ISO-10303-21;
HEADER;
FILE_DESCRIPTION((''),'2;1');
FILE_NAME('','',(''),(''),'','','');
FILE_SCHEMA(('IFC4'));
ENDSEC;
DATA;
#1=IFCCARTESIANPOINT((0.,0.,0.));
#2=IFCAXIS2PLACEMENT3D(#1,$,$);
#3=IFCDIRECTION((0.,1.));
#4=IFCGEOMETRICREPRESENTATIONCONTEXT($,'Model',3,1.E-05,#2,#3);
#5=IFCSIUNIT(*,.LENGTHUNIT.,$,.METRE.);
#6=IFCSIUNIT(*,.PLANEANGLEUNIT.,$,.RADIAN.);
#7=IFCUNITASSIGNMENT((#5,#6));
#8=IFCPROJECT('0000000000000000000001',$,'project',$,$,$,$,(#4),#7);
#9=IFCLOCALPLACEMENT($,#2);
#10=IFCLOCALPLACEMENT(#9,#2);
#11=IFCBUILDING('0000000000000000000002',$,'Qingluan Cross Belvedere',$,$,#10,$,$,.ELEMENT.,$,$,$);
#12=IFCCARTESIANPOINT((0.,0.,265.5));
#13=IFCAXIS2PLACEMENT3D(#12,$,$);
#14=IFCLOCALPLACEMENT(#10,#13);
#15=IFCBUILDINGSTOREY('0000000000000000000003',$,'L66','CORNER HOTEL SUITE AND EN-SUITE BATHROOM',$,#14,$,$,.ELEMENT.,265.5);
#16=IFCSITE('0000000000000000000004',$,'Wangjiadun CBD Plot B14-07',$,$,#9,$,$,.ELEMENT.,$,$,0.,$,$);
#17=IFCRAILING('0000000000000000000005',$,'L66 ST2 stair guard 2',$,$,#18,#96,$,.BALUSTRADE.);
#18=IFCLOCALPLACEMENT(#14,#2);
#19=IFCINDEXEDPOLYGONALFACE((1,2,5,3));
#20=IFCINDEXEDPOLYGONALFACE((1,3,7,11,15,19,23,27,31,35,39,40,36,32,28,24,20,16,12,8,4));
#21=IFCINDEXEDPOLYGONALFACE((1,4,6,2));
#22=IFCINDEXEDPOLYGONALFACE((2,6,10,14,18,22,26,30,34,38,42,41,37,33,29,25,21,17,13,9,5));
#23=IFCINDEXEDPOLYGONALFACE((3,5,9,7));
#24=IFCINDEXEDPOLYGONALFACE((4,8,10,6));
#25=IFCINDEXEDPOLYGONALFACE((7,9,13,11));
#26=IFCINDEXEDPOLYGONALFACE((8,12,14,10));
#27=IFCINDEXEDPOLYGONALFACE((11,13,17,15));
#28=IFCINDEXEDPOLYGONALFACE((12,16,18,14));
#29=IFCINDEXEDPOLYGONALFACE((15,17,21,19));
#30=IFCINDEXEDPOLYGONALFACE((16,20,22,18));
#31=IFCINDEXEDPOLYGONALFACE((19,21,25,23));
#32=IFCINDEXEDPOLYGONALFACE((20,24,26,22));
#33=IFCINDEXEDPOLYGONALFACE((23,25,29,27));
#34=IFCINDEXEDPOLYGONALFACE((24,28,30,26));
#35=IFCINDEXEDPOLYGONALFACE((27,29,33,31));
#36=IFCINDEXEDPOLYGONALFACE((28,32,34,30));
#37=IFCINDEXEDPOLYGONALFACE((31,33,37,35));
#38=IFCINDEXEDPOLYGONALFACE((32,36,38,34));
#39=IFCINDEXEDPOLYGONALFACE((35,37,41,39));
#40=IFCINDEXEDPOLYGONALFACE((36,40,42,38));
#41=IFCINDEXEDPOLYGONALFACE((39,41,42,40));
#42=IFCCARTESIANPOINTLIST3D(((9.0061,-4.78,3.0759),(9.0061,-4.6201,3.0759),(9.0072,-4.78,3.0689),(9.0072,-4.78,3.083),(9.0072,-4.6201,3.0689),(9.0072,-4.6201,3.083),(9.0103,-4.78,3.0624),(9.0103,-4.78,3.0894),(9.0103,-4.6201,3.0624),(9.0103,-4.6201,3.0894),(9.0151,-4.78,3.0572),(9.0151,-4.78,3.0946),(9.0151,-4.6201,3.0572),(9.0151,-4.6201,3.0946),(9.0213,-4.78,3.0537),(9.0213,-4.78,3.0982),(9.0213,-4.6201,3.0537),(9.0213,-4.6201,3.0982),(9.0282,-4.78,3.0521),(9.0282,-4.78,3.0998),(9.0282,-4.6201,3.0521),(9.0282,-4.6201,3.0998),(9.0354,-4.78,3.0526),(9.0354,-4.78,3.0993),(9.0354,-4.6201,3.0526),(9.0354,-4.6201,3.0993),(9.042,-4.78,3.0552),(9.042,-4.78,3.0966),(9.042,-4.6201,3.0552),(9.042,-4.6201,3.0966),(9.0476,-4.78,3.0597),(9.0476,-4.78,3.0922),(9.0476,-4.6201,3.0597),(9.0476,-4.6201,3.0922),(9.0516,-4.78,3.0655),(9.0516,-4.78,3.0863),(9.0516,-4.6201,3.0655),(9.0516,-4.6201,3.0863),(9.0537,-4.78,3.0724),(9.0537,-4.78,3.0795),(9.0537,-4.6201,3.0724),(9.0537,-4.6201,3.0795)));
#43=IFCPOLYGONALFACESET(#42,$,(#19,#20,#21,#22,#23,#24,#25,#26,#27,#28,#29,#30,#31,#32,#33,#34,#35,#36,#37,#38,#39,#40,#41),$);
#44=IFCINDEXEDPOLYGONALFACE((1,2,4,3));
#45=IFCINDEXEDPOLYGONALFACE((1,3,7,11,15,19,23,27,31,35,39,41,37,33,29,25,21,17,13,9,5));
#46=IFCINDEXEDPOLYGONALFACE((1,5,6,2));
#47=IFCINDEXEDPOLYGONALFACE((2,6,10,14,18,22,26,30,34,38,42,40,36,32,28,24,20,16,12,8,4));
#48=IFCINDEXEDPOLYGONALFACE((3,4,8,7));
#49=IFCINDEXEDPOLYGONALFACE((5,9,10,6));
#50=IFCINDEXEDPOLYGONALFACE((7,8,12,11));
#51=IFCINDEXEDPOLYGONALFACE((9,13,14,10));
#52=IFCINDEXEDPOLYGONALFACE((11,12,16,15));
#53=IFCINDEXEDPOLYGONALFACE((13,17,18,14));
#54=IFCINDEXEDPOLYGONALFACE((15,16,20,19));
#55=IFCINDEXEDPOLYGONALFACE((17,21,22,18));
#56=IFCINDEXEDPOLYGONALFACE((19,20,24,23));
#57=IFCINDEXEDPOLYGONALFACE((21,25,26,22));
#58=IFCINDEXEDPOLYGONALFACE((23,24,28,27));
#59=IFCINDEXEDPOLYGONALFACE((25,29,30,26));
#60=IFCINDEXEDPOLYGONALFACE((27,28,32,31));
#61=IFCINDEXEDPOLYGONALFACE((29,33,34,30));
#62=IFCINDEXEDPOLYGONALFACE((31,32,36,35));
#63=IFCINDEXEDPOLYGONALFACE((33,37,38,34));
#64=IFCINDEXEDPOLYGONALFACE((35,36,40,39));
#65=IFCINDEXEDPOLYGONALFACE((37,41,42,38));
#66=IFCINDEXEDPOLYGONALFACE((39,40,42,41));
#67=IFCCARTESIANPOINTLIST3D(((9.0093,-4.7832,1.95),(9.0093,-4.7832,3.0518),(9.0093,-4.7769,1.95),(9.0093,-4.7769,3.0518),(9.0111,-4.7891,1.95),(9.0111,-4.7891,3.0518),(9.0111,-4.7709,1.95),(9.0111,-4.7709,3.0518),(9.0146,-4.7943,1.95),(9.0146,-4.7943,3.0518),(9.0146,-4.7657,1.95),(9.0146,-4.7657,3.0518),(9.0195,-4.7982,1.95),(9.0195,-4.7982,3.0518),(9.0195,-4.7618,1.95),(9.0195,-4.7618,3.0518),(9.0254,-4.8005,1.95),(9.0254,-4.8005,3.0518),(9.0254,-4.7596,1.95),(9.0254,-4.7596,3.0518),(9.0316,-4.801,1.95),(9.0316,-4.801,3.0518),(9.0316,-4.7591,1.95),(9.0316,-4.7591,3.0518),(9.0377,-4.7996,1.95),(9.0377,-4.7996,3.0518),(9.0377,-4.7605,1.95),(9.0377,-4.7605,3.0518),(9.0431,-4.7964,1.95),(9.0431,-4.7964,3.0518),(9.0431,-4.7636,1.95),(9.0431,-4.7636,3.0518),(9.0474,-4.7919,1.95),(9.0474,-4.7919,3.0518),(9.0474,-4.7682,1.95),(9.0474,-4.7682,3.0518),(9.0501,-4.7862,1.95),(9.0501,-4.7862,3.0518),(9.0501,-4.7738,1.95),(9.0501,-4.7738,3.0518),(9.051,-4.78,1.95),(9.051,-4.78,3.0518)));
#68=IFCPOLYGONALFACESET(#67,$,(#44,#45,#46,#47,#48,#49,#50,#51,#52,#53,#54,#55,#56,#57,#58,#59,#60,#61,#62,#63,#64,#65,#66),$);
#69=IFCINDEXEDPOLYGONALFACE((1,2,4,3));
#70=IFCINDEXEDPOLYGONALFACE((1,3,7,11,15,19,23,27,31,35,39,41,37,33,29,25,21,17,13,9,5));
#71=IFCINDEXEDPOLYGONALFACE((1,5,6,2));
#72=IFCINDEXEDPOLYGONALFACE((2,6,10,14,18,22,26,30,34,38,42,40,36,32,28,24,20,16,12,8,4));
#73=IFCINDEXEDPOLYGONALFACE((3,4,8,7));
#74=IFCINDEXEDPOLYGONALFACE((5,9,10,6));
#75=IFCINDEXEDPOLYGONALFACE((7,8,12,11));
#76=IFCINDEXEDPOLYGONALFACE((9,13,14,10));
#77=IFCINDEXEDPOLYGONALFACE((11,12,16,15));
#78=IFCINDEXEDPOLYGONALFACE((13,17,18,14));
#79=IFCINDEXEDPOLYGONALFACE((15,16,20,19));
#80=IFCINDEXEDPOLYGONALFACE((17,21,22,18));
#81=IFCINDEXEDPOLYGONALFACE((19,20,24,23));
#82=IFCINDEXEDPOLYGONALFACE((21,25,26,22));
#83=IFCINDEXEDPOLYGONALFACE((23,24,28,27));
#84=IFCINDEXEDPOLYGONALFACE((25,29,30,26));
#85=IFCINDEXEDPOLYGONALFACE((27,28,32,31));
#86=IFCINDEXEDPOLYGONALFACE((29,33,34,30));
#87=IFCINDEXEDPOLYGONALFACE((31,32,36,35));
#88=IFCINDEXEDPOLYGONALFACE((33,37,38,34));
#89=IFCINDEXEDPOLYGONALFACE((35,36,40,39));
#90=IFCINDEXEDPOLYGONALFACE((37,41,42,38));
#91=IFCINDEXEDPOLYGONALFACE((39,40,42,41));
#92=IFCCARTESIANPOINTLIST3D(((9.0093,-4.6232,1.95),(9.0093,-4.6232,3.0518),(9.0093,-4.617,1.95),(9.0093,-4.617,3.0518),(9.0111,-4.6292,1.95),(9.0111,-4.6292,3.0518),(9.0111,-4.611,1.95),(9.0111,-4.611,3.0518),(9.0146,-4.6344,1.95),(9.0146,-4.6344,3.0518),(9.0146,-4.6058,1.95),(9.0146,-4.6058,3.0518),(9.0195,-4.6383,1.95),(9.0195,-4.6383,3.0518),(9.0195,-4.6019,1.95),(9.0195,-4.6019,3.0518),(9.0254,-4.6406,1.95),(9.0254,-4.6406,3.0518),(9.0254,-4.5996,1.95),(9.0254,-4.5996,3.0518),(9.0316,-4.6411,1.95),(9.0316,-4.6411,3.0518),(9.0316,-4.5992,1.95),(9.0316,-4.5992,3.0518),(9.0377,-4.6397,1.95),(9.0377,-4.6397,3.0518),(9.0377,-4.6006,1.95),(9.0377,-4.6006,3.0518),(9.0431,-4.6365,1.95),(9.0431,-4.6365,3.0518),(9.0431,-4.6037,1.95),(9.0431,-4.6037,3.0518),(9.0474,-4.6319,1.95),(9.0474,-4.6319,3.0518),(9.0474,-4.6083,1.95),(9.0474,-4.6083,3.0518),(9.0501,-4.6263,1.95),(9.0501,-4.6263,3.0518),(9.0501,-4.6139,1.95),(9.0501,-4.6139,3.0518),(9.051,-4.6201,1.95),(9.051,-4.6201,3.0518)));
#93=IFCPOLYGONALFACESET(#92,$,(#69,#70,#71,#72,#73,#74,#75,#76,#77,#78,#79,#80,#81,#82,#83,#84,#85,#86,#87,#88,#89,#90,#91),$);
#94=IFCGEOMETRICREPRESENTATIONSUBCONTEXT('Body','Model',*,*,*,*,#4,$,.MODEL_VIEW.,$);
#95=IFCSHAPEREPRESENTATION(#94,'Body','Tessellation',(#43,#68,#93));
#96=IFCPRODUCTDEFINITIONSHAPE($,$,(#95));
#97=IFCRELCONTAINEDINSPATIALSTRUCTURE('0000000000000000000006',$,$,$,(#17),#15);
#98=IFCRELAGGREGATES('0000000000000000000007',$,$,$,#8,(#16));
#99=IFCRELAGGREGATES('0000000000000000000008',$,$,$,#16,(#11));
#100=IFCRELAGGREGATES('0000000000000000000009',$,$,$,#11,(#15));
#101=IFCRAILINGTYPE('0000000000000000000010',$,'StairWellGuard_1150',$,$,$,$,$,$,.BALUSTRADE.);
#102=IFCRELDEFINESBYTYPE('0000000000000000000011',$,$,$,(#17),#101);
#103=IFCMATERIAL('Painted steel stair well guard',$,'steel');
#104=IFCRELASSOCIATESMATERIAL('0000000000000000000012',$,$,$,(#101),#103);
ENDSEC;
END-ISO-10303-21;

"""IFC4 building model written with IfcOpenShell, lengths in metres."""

from ifc_helpers import new_model, si_unit, direction, frame, origin, origin_2d, place, context, subcontext, project, spatial, circle, extrude, material, type_object, element, save


model = new_model("IFC4")

# Units and contexts
model_context = context("Model", 3, precision=1e-05, world=origin(), true_north=direction((0.0, 1.0)))
body_context = subcontext(model_context, "Body", "Model", "MODEL_VIEW")
ifc_project = project(units=[si_unit("LENGTHUNIT", "METRE"), si_unit("PLANEANGLEUNIT", "RADIAN")], contexts=[model_context])

# Site, building, storey
site_placement = place(None, origin())
site = spatial("IfcSite", under=ifc_project, at=site_placement, Name="Wangjiadun CBD Plot B14-07", CompositionType="ELEMENT", RefElevation=0.0)
building_placement = place(site_placement, origin())
building = spatial("IfcBuilding", under=site, at=building_placement, Name="Qingluan Cross Belvedere", CompositionType="ELEMENT")
storey_placement = place(building_placement, frame((0.0, 0.0, 265.5)))
storey = spatial("IfcBuildingStorey", under=building, at=storey_placement, Name="L66", Description="CORNER HOTEL SUITE AND EN-SUITE BATHROOM", CompositionType="ELEMENT", Elevation=265.5)

# Railing
ifc_material_1 = material(Name="Painted steel stair well guard", Category="steel")
railing_type_1 = type_object("IfcRailingType", Name="StairWellGuard_1150", PredefinedType="BALUSTRADE", material=ifc_material_1)
railing_1_placement = place(storey_placement, frame((9.03, -4.78, 1.95)))
element("IfcRailing", 1, at=railing_1_placement, inside=storey, type_object=railing_type_1, Name="L66 ST2 stair guard 2", PredefinedType="BALUSTRADE", context=body_context, shape_type="SweptSolid", body=[
    extrude(circle(Radius=0.0239, at=origin_2d()), frame((0.0, 0.0, 1.126), z_axis=(0.0, 1.0, 0.0), x_axis=(-1.0, 0.0, 0.0)), (0.0, 0.0, 1.0), 0.1599),
    extrude(circle(Radius=0.021, at=origin_2d()), origin(), (0.0, 0.0, 1.0), 1.1018),
    extrude(circle(Radius=0.021, at=origin_2d()), frame((0.0, 0.1599, 0.0)), (0.0, 0.0, 1.0), 1.1018),
])

save(model, "model.ifc")
